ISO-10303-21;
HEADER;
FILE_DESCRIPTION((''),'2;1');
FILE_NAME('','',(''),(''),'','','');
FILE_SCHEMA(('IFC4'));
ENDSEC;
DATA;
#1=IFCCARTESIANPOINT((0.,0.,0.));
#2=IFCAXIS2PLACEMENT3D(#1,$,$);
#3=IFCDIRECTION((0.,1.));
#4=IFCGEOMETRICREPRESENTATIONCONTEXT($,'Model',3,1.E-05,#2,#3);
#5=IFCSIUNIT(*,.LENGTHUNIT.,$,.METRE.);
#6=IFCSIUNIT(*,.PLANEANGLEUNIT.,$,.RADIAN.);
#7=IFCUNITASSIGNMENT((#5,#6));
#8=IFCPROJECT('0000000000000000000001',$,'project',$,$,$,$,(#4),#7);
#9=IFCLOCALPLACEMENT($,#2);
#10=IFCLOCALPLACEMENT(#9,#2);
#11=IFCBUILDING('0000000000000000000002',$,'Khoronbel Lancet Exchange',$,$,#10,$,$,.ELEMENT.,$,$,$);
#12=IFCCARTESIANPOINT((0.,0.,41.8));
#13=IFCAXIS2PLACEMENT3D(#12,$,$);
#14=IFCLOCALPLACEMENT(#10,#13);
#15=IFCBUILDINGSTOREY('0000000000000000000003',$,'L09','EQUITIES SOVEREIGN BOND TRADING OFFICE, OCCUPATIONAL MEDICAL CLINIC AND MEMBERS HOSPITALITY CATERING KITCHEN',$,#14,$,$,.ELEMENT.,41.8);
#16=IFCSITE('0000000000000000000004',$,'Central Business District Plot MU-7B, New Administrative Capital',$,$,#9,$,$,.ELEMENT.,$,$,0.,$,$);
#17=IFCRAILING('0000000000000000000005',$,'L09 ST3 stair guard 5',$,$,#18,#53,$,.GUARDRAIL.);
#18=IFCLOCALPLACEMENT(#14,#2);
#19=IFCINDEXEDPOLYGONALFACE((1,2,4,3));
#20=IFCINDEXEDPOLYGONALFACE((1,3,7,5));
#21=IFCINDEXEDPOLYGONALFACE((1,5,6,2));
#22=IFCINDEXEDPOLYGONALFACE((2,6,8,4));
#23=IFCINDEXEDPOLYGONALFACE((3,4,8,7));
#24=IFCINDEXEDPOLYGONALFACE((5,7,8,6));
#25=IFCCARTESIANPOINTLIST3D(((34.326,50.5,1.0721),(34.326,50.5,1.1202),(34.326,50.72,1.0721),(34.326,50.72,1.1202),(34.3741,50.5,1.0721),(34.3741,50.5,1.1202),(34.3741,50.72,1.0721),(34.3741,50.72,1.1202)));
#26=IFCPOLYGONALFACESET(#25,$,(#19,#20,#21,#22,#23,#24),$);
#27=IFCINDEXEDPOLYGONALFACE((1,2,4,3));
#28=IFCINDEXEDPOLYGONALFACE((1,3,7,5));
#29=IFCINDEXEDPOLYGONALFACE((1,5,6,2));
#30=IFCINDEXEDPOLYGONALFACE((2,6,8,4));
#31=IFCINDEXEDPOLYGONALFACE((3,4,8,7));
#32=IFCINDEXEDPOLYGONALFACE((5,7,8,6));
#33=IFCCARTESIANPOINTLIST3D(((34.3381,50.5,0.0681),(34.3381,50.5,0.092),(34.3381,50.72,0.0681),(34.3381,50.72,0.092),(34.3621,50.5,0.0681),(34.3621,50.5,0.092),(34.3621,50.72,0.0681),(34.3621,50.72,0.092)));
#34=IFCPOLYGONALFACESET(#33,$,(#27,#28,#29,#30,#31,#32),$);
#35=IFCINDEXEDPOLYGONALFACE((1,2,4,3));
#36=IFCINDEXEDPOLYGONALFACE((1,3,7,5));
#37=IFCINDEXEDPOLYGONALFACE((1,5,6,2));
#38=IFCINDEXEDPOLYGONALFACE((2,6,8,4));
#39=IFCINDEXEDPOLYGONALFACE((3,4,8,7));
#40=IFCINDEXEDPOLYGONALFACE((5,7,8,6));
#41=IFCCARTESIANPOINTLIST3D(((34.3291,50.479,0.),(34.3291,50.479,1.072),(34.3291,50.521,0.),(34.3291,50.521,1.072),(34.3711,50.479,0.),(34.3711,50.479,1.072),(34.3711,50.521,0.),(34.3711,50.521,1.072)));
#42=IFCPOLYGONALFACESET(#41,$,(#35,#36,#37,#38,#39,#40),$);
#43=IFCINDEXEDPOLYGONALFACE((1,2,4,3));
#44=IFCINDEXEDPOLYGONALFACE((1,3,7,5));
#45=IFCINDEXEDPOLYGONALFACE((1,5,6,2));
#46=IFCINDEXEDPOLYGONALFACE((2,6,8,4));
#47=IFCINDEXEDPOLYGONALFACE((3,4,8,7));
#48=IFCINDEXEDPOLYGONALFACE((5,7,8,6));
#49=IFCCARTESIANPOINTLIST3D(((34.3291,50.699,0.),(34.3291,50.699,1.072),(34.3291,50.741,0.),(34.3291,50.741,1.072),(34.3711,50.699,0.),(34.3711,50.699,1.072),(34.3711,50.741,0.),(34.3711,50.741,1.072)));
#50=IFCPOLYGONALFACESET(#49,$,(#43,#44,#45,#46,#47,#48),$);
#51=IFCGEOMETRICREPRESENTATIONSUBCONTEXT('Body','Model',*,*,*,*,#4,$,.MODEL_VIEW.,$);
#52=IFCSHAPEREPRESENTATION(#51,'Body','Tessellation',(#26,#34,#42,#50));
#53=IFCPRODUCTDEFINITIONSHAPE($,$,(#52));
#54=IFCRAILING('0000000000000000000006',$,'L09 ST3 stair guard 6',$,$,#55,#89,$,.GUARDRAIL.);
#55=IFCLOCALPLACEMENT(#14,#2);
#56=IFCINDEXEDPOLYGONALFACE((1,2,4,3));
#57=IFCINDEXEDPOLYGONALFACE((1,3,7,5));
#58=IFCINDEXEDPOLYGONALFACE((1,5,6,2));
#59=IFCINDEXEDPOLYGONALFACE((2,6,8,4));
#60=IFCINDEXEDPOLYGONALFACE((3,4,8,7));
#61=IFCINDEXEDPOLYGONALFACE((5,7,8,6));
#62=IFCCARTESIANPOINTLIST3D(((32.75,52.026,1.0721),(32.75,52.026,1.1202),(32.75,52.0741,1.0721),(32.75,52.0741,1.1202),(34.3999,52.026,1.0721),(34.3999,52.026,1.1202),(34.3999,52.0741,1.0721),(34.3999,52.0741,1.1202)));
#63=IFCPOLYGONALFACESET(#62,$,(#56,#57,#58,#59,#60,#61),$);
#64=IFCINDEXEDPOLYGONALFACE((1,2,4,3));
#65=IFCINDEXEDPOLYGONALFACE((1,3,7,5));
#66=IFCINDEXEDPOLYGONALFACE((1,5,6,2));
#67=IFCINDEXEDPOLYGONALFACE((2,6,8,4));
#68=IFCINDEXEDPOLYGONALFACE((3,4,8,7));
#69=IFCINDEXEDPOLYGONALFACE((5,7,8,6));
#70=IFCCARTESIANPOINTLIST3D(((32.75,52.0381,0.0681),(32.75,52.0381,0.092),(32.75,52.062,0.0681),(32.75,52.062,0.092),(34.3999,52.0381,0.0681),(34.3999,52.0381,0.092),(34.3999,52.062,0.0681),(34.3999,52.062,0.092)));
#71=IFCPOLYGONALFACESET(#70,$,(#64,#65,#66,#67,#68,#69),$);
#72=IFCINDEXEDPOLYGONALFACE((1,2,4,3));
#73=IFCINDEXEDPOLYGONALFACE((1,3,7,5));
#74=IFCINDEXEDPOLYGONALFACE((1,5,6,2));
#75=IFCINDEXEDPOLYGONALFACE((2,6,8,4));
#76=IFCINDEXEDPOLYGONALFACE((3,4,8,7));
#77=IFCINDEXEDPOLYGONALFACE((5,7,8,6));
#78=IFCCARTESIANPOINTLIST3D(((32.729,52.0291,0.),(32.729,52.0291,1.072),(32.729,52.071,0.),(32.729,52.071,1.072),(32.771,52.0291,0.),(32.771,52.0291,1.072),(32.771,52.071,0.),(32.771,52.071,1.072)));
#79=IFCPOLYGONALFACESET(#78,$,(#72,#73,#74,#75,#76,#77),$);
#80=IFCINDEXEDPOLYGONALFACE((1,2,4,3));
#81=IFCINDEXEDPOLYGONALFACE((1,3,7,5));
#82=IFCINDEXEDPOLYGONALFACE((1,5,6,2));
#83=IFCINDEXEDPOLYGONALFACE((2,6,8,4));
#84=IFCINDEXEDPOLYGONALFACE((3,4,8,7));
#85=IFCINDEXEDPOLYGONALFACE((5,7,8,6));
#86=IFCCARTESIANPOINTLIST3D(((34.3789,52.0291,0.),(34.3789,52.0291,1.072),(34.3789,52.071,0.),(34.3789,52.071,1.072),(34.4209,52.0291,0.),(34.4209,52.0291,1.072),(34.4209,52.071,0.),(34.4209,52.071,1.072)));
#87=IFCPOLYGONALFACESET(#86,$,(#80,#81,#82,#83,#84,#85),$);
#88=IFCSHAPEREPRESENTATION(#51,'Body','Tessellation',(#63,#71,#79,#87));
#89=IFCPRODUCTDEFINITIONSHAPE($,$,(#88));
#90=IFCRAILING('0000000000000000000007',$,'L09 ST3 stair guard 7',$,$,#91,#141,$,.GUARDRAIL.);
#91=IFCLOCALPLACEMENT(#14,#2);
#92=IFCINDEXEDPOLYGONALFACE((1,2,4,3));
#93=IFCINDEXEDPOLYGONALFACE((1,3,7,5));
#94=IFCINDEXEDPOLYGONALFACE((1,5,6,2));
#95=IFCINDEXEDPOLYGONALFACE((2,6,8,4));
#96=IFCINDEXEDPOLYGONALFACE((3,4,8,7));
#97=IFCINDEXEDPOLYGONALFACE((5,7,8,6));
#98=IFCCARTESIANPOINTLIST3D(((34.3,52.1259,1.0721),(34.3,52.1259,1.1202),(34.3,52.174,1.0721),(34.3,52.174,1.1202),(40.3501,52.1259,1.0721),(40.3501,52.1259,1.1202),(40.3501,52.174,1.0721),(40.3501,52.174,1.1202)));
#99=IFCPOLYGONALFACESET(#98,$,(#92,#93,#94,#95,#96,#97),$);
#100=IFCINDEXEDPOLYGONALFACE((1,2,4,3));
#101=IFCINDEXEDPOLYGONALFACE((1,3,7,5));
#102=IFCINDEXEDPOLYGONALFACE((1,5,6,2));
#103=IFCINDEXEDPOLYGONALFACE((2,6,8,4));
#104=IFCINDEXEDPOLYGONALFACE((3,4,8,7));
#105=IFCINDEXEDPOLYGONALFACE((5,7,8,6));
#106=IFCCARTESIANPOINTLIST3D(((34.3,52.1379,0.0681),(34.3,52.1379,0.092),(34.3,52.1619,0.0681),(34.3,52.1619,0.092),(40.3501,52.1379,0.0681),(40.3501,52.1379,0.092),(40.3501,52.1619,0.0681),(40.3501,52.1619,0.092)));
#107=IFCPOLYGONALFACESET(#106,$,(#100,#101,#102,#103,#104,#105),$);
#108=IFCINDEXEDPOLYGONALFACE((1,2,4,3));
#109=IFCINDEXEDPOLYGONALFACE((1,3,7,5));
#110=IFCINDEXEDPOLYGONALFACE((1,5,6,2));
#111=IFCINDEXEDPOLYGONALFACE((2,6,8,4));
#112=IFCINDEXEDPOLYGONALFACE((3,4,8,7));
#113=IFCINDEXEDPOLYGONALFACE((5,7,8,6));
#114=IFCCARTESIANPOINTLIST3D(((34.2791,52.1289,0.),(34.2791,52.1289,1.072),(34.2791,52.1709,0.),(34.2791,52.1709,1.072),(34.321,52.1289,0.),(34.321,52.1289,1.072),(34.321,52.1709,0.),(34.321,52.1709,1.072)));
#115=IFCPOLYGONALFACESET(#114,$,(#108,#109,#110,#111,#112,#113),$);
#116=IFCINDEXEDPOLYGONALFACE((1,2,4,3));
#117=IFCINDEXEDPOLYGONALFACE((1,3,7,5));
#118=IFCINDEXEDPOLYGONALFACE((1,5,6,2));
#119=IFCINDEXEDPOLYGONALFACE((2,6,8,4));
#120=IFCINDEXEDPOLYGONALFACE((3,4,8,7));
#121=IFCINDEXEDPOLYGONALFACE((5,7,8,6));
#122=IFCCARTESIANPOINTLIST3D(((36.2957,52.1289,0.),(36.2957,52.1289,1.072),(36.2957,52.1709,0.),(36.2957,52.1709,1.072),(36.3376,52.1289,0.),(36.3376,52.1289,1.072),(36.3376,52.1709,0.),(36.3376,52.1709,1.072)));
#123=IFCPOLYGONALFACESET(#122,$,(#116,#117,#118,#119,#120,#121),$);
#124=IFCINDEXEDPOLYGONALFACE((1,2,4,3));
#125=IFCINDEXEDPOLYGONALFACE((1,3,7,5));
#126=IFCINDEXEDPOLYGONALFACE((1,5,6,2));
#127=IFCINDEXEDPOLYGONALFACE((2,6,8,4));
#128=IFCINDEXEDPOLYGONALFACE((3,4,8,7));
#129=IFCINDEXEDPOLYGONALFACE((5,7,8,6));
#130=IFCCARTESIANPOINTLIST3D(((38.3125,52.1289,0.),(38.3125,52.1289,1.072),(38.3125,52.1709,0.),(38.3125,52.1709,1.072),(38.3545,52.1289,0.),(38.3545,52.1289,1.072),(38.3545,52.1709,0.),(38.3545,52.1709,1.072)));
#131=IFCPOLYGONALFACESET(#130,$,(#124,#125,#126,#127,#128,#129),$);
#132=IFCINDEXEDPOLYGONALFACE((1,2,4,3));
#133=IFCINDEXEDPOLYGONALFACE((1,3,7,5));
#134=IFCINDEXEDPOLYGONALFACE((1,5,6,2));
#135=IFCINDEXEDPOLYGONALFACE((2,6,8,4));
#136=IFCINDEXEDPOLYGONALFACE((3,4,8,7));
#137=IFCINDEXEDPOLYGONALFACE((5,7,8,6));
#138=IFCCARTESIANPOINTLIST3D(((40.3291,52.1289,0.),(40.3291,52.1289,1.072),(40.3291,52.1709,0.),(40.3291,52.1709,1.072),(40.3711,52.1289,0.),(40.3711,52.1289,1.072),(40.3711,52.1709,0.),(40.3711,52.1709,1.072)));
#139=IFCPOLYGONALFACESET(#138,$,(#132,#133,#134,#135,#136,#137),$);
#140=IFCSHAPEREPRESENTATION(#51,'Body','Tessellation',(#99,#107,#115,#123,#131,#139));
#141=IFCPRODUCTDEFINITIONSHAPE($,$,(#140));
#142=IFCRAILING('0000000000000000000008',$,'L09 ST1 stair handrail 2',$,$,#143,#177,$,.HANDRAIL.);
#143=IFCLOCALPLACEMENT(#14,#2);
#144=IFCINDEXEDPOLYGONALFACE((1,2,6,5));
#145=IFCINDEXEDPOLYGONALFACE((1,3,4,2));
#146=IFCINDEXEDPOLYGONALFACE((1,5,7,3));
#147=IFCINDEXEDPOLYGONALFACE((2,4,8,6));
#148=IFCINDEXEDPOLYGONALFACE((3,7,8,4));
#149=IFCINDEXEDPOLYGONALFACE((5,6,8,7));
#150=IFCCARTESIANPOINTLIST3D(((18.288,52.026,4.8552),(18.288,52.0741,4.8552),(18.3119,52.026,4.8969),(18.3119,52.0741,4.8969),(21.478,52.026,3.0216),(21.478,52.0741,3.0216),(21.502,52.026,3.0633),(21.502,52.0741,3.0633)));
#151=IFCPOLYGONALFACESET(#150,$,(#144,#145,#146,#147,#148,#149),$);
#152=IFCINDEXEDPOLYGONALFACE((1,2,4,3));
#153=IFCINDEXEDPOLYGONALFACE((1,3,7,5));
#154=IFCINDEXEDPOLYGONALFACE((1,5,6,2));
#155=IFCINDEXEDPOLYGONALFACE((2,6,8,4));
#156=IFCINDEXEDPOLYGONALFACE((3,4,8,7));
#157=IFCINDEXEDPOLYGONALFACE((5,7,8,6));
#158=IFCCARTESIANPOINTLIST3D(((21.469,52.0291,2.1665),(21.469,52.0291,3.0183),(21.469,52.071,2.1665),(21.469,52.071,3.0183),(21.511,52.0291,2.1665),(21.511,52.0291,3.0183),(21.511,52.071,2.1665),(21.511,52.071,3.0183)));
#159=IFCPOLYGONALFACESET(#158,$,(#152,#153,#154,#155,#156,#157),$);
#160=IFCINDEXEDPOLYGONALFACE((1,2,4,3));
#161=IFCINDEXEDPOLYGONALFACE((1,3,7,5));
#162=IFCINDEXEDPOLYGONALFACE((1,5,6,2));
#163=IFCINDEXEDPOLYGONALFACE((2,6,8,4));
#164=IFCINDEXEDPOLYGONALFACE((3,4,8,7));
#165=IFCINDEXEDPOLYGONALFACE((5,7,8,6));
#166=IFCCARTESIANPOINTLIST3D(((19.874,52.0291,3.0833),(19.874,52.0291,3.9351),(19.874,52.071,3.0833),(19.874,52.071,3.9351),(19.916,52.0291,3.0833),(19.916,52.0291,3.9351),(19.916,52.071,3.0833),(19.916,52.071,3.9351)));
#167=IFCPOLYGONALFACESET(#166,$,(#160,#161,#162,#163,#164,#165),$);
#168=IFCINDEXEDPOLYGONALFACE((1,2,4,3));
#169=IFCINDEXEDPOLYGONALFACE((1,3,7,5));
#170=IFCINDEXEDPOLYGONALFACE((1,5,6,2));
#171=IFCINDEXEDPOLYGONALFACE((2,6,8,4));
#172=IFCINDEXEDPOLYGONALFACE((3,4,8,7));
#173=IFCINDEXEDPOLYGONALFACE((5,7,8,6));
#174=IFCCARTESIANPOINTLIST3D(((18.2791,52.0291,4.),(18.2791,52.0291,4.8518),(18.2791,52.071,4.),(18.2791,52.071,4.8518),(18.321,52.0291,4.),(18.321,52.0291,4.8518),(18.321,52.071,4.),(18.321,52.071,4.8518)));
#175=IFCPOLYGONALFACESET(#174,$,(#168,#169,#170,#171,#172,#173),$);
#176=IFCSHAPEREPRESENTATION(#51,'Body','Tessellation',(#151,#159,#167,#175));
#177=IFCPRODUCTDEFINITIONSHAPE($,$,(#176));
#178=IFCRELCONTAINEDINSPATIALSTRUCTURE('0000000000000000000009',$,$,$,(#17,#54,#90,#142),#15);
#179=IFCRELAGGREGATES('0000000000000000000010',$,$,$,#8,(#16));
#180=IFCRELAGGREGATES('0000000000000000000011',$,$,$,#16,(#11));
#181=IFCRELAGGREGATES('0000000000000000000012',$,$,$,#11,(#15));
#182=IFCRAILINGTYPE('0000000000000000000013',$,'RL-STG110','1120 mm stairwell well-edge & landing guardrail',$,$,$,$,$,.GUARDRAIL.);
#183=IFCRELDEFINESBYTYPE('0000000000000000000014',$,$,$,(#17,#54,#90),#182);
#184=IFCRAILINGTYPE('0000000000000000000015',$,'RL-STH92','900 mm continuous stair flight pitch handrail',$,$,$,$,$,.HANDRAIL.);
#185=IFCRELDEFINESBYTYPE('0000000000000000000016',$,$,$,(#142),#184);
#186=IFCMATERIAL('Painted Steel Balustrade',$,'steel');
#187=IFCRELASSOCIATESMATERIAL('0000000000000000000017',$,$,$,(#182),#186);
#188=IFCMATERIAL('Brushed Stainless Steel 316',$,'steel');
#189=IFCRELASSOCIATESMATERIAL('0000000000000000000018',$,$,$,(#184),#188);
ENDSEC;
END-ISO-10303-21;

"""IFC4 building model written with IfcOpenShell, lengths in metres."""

from ifc_helpers import new_model, si_unit, direction, frame, origin, origin_2d, place, context, subcontext, project, spatial, rectangle, extrude, material, type_object, element, save


model = new_model("IFC4")

# Units and contexts
model_context = context("Model", 3, precision=1e-05, world=origin(), true_north=direction((0.0, 1.0)))
body_context = subcontext(model_context, "Body", "Model", "MODEL_VIEW")
ifc_project = project(units=[si_unit("LENGTHUNIT", "METRE"), si_unit("PLANEANGLEUNIT", "RADIAN")], contexts=[model_context])

# Site, building, storey
site_placement = place(None, origin())
site = spatial("IfcSite", under=ifc_project, at=site_placement, Name="Central Business District Plot MU-7B, New Administrative Capital", CompositionType="ELEMENT", RefElevation=0.0)
building_placement = place(site_placement, origin())
building = spatial("IfcBuilding", under=site, at=building_placement, Name="Khoronbel Lancet Exchange", CompositionType="ELEMENT")
storey_placement = place(building_placement, frame((0.0, 0.0, 41.8)))
storey = spatial("IfcBuildingStorey", under=building, at=storey_placement, Name="L09", Description="EQUITIES SOVEREIGN BOND TRADING OFFICE, OCCUPATIONAL MEDICAL CLINIC AND MEMBERS HOSPITALITY CATERING KITCHEN", CompositionType="ELEMENT", Elevation=41.8)

# Railings
ifc_material_1 = material(Name="Painted Steel Balustrade", Category="steel")
railing_type_1 = type_object("IfcRailingType", Name="RL-STG110", Description="1120 mm stairwell well-edge & landing guardrail", PredefinedType="GUARDRAIL", material=ifc_material_1)
railing_1_placement = place(storey_placement, frame((34.3501, 50.5, 0.0)))
element("IfcRailing", 1, at=railing_1_placement, inside=storey, type_object=railing_type_1, Name="L09 ST3 stair guard 5", PredefinedType="GUARDRAIL", context=body_context, shape_type="SweptSolid", body=[
    extrude(rectangle(XDim=0.0481, YDim=0.0481, at=origin_2d()), frame((0.0, 0.0, 1.0962), z_axis=(0.0, 1.0, 0.0), x_axis=(-1.0, 0.0, 0.0)), (0.0, 0.0, 1.0), 0.22),
    extrude(rectangle(XDim=0.0239, YDim=0.0239, at=origin_2d()), frame((0.0, 0.0, 0.0801), z_axis=(0.0, 1.0, 0.0), x_axis=(-1.0, 0.0, 0.0)), (0.0, 0.0, 1.0), 0.22),
    extrude(rectangle(XDim=0.042, YDim=0.042, at=origin_2d()), origin(), (0.0, 0.0, 1.0), 1.072),
    extrude(rectangle(XDim=0.042, YDim=0.042, at=origin_2d()), frame((0.0, 0.22, 0.0)), (0.0, 0.0, 1.0), 1.072),
])
railing_2_placement = place(storey_placement, frame((32.75, 52.05, 0.0)))
element("IfcRailing", 2, at=railing_2_placement, inside=storey, type_object=railing_type_1, Name="L09 ST3 stair guard 6", PredefinedType="GUARDRAIL", context=body_context, shape_type="SweptSolid", body=[
    extrude(rectangle(XDim=0.0481, YDim=0.0481, at=origin_2d()), frame((0.0, 0.0, 1.0962), z_axis=(1.0, 0.0, 0.0), x_axis=(0.0, 1.0, 0.0)), (0.0, 0.0, 1.0), 1.6499),
    extrude(rectangle(XDim=0.0239, YDim=0.0239, at=origin_2d()), frame((0.0, 0.0, 0.0801), z_axis=(1.0, 0.0, 0.0), x_axis=(0.0, 1.0, 0.0)), (0.0, 0.0, 1.0), 1.6499),
    extrude(rectangle(XDim=0.042, YDim=0.042, at=origin_2d()), origin(), (0.0, 0.0, 1.0), 1.072),
    extrude(rectangle(XDim=0.042, YDim=0.042, at=origin_2d()), frame((1.6499, 0.0, 0.0)), (0.0, 0.0, 1.0), 1.072),
])
railing_3_placement = place(storey_placement, frame((34.3, 52.1499, 0.0)))
element("IfcRailing", 3, at=railing_3_placement, inside=storey, type_object=railing_type_1, Name="L09 ST3 stair guard 7", PredefinedType="GUARDRAIL", context=body_context, shape_type="SweptSolid", body=[
    extrude(rectangle(XDim=0.0481, YDim=0.0481, at=origin_2d()), frame((0.0, 0.0, 1.0962), z_axis=(1.0, 0.0, 0.0), x_axis=(0.0, 1.0, 0.0)), (0.0, 0.0, 1.0), 6.05),
    extrude(rectangle(XDim=0.0239, YDim=0.0239, at=origin_2d()), frame((0.0, 0.0, 0.0801), z_axis=(1.0, 0.0, 0.0), x_axis=(0.0, 1.0, 0.0)), (0.0, 0.0, 1.0), 6.05),
    extrude(rectangle(XDim=0.042, YDim=0.042, at=origin_2d()), origin(), (0.0, 0.0, 1.0), 1.072),
    extrude(rectangle(XDim=0.042, YDim=0.042, at=origin_2d()), frame((2.0166, 0.0, 0.0)), (0.0, 0.0, 1.0), 1.072),
    extrude(rectangle(XDim=0.042, YDim=0.042, at=origin_2d()), frame((4.0334, 0.0, 0.0)), (0.0, 0.0, 1.0), 1.072),
    extrude(rectangle(XDim=0.042, YDim=0.042, at=origin_2d()), frame((6.05, 0.0, 0.0)), (0.0, 0.0, 1.0), 1.072),
])
ifc_material_2 = material(Name="Brushed Stainless Steel 316", Category="steel")
railing_type_2 = type_object("IfcRailingType", Name="RL-STH92", Description="900 mm continuous stair flight pitch handrail", PredefinedType="HANDRAIL", material=ifc_material_2)
railing_4_placement = place(storey_placement, frame((21.49, 52.05, 2.1665)))
element("IfcRailing", 4, at=railing_4_placement, inside=storey, type_object=railing_type_2, Name="L09 ST1 stair handrail 2", PredefinedType="HANDRAIL", context=body_context, shape_type="SweptSolid", body=[
    extrude(rectangle(XDim=0.0481, YDim=0.0481, at=origin_2d()), frame((0.0, 0.0, 0.876), z_axis=(-0.866991, 0.0, 0.498324), x_axis=(0.0, -1.0, 0.0)), (0.0, 0.0, 1.0), 3.6794),
    extrude(rectangle(XDim=0.042, YDim=0.042, at=origin_2d()), origin(), (0.0, 0.0, 1.0), 0.8518),
    extrude(rectangle(XDim=0.042, YDim=0.042, at=origin_2d()), frame((-1.595, 0.0, 0.9167)), (0.0, 0.0, 1.0), 0.8518),
    extrude(rectangle(XDim=0.042, YDim=0.042, at=origin_2d()), frame((-3.1899, 0.0, 1.8335)), (0.0, 0.0, 1.0), 0.8518),
])

save(model, "model.ifc")
